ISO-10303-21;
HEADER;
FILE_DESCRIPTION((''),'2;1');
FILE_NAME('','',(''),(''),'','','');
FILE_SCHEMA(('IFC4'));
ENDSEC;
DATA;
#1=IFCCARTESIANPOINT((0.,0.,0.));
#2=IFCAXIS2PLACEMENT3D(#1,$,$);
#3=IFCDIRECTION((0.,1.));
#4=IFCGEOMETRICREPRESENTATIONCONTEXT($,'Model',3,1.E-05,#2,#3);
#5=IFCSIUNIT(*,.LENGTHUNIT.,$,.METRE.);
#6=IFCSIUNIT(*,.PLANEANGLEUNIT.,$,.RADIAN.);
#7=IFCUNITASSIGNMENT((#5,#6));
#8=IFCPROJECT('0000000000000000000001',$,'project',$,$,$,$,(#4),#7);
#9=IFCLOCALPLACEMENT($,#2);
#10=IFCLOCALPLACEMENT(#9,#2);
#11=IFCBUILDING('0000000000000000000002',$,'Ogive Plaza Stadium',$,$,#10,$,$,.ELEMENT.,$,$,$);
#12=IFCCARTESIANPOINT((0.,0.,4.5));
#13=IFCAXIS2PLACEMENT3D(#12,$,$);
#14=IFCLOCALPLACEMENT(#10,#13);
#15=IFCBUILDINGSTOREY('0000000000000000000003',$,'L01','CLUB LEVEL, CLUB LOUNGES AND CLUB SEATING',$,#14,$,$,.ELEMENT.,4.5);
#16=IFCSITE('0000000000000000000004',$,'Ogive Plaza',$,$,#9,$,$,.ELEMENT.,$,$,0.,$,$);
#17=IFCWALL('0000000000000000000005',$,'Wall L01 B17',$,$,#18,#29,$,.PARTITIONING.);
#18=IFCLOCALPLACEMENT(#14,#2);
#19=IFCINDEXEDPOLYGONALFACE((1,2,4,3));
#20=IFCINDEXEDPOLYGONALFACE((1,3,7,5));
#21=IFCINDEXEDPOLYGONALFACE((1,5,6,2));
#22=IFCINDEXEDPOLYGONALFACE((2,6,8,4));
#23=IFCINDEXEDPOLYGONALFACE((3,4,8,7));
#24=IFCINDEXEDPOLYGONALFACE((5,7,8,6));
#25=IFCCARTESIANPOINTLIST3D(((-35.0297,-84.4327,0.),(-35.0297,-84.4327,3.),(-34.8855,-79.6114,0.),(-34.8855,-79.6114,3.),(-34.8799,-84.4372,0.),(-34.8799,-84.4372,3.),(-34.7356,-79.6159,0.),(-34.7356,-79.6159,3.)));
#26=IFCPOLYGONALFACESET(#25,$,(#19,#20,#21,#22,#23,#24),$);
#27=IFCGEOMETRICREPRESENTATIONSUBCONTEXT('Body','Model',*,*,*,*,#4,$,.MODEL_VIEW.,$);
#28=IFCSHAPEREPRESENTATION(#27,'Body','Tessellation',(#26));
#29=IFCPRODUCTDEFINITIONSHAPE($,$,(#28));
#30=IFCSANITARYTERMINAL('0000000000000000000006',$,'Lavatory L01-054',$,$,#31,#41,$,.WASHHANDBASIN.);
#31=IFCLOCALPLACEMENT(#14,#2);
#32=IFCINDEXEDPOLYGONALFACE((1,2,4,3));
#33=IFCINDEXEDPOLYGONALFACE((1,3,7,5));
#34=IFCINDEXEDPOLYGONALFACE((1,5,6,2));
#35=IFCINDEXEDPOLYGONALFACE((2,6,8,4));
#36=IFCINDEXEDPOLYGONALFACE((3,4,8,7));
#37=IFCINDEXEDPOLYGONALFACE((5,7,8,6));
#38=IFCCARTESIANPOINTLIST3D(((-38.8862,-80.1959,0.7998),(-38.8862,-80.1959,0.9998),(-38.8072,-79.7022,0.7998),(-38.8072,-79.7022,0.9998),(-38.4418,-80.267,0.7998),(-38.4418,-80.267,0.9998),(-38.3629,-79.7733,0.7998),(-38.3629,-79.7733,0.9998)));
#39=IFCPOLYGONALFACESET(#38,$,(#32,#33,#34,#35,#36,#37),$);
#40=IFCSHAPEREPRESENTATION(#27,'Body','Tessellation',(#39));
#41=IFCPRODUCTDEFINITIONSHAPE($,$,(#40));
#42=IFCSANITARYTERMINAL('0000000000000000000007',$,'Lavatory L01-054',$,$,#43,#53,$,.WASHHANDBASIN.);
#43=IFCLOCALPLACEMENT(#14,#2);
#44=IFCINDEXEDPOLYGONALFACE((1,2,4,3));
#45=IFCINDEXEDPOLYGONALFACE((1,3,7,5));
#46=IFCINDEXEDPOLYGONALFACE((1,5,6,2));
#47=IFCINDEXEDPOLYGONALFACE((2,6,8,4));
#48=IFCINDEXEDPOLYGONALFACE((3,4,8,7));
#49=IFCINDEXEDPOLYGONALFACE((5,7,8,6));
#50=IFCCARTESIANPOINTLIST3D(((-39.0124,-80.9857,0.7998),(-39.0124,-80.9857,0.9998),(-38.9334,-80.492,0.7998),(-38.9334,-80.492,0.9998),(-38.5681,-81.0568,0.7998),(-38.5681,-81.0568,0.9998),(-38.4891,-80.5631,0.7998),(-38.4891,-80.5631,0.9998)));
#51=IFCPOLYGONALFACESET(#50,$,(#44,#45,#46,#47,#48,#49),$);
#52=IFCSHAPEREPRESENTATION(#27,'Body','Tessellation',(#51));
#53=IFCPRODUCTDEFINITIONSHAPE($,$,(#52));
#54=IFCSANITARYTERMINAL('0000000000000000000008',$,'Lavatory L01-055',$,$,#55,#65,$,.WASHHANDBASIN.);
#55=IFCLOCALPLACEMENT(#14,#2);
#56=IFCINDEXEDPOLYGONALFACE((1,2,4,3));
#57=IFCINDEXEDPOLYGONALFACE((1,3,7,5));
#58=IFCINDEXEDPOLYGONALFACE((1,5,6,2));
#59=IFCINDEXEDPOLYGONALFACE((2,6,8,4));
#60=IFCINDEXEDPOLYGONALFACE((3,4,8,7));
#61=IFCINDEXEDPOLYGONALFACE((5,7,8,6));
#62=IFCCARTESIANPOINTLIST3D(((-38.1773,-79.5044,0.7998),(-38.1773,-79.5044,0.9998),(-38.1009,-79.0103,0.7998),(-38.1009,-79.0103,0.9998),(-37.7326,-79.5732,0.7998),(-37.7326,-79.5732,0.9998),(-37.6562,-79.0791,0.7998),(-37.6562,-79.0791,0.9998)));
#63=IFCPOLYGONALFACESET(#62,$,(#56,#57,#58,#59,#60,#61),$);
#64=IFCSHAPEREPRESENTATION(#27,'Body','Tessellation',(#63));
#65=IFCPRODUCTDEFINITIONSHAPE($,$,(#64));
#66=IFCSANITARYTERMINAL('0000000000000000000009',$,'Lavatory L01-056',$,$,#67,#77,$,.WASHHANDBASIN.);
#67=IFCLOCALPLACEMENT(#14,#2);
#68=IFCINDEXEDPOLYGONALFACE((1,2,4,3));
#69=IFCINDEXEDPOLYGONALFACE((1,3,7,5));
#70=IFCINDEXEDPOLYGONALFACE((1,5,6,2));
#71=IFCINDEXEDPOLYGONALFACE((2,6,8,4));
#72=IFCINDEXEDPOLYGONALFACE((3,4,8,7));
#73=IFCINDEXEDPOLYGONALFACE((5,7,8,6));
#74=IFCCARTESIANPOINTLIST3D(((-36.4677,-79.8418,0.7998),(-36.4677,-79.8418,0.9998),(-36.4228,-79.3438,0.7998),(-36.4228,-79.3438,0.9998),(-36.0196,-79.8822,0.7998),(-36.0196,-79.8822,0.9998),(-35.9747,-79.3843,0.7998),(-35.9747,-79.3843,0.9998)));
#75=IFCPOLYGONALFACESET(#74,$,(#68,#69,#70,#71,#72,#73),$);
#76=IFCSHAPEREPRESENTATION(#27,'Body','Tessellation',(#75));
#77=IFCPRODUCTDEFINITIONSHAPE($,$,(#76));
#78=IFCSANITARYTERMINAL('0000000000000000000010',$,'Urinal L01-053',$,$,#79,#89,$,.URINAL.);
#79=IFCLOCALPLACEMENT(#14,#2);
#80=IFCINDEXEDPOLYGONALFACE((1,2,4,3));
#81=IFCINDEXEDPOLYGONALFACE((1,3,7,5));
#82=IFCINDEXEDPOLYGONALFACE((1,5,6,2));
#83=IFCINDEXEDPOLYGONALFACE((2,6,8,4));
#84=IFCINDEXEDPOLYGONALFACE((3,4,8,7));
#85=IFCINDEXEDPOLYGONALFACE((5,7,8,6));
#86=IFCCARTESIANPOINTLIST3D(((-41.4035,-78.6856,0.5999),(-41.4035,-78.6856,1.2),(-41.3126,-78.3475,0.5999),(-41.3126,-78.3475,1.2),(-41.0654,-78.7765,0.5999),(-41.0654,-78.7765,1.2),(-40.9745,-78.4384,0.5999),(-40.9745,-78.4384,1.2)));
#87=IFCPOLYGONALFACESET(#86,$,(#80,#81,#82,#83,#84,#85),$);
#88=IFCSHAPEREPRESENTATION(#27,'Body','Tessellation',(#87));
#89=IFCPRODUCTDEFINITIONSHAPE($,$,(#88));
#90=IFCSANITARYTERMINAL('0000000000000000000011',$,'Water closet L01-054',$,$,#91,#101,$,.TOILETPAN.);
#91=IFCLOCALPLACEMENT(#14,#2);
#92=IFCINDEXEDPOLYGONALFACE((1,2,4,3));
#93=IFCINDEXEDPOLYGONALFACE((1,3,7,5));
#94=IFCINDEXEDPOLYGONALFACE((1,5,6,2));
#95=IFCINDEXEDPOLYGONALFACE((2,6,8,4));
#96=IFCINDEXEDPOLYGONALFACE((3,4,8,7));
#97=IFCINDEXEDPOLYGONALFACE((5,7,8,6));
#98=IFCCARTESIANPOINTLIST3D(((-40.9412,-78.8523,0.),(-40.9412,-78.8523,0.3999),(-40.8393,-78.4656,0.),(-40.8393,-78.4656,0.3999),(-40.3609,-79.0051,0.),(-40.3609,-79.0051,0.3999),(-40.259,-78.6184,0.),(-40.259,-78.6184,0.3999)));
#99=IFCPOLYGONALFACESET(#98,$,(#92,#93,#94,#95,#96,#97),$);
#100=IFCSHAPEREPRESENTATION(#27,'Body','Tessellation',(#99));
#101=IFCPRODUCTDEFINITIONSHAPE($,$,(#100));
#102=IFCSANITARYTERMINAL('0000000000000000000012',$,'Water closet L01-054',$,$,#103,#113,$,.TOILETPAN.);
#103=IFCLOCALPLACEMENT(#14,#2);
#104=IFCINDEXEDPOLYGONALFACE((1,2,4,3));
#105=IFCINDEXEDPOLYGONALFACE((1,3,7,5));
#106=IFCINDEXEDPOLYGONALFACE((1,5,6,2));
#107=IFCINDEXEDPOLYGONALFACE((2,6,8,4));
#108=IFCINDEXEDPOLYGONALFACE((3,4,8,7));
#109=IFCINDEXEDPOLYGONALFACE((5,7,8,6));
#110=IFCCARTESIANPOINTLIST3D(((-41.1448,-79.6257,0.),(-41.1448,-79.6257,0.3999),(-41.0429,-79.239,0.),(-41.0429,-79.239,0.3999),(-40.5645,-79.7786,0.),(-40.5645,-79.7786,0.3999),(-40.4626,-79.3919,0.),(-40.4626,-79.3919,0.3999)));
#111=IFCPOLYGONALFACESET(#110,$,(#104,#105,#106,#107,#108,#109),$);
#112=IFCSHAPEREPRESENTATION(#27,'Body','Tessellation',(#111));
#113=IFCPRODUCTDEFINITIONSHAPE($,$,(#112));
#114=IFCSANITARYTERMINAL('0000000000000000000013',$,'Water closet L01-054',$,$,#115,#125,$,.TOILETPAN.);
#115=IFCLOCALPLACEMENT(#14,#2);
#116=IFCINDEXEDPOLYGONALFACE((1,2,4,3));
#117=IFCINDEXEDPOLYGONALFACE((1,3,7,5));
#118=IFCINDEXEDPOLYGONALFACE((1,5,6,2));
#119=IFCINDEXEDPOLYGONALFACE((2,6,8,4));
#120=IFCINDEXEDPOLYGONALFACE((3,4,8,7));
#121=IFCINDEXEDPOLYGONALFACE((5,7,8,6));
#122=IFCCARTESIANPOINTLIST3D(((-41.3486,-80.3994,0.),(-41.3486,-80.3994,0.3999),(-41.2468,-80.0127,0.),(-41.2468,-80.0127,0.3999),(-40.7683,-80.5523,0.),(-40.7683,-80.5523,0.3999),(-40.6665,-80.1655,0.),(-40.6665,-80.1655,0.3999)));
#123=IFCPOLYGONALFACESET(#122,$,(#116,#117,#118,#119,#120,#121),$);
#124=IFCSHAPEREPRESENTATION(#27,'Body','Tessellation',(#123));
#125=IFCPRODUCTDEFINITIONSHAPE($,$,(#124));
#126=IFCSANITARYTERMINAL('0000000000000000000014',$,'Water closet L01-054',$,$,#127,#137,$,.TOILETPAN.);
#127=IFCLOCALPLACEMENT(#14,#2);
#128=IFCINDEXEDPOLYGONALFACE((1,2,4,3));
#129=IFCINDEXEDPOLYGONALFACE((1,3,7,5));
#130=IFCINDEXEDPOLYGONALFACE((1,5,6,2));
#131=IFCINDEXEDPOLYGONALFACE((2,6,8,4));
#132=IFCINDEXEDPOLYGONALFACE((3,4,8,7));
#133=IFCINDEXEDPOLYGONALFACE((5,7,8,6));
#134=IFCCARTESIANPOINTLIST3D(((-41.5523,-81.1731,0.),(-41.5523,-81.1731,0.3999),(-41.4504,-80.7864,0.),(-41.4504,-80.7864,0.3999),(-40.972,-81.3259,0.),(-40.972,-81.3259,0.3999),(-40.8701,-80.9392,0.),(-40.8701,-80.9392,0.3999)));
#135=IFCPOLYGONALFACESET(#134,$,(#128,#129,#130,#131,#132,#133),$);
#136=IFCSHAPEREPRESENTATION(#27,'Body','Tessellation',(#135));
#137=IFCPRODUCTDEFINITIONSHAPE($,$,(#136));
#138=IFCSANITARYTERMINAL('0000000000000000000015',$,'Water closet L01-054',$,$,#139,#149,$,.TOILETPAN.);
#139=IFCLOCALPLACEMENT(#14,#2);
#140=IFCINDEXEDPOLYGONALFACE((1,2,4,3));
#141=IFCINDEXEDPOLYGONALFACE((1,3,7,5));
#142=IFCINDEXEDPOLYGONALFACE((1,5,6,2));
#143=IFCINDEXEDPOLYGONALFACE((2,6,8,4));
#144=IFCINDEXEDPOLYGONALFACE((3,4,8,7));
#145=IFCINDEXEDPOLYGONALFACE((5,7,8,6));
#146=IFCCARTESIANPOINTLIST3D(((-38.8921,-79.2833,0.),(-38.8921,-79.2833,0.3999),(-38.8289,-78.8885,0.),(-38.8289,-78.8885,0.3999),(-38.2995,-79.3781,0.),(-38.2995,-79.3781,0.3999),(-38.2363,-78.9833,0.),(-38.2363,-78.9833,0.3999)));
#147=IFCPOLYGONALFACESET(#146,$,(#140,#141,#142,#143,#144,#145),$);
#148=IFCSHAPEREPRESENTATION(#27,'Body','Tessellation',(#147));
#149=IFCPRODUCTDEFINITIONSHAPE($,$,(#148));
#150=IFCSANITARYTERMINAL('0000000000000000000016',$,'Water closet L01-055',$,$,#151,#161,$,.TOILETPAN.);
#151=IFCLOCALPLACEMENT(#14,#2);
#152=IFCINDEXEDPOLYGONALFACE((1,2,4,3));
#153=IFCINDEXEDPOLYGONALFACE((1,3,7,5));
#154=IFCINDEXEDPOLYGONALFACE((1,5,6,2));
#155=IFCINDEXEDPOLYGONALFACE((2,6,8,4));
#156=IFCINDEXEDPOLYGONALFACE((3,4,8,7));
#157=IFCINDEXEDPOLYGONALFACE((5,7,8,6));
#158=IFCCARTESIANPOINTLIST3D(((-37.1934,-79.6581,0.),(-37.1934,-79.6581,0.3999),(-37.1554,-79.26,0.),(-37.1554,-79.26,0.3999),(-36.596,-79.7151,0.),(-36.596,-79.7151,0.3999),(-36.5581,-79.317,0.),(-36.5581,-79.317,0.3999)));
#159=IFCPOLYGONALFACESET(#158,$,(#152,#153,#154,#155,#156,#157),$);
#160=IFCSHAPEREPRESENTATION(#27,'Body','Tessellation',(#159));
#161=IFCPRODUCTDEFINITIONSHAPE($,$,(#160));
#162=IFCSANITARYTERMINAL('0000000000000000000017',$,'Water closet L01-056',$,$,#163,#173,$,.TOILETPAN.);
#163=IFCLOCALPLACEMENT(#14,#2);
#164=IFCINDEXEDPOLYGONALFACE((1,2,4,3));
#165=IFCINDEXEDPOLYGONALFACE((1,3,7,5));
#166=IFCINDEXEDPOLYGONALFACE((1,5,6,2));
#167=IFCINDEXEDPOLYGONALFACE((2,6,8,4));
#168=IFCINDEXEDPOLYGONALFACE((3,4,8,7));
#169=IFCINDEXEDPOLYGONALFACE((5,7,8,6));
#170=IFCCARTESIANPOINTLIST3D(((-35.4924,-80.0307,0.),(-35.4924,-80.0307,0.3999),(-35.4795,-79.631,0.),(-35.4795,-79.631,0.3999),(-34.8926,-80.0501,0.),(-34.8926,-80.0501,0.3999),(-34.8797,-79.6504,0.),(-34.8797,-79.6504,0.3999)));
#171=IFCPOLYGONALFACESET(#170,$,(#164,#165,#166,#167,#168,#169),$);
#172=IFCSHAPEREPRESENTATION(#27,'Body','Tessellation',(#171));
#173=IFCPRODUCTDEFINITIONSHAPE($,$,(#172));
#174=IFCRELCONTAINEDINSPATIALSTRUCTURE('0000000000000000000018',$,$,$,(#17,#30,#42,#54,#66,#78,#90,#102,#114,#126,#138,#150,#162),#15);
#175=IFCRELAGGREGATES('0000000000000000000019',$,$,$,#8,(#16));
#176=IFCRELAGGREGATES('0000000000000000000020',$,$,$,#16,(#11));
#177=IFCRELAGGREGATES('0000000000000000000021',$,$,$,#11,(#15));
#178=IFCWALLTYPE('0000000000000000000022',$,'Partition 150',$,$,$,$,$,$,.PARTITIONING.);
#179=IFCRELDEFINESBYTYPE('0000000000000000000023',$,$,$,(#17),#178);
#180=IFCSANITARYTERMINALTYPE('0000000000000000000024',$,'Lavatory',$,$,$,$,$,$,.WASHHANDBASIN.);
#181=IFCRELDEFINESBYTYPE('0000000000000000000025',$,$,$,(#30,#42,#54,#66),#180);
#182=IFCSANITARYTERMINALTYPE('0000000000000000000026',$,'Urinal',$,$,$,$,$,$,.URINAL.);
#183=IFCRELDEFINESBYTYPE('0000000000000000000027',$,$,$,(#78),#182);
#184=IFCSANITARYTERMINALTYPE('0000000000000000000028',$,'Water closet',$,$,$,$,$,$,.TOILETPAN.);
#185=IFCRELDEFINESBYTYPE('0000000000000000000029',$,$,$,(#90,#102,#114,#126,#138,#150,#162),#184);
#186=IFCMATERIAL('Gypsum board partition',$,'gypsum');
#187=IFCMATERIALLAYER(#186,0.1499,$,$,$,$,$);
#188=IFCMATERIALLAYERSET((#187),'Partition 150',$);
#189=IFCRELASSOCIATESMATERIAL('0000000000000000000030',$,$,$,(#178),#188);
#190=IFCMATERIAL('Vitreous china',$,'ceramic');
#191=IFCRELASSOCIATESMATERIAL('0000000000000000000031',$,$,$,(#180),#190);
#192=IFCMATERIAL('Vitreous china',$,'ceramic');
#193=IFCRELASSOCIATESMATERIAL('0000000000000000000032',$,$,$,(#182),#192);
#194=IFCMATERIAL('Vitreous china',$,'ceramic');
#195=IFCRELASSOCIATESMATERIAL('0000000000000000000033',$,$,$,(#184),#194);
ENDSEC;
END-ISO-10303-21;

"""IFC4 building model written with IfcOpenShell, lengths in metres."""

from ifc_helpers import new_model, si_unit, direction, frame, frame_2d, origin, origin_2d, place, context, subcontext, project, spatial, rectangle, extrude, material, layer, layer_set, type_object, element, save


model = new_model("IFC4")

# Units and contexts
model_context = context("Model", 3, precision=1e-05, world=origin(), true_north=direction((0.0, 1.0)))
body_context = subcontext(model_context, "Body", "Model", "MODEL_VIEW")
ifc_project = project(units=[si_unit("LENGTHUNIT", "METRE"), si_unit("PLANEANGLEUNIT", "RADIAN")], contexts=[model_context])

# Site, building, storey
site_placement = place(None, origin())
site = spatial("IfcSite", under=ifc_project, at=site_placement, Name="Ogive Plaza", CompositionType="ELEMENT", RefElevation=0.0)
building_placement = place(site_placement, origin())
building = spatial("IfcBuilding", under=site, at=building_placement, Name="Ogive Plaza Stadium", CompositionType="ELEMENT")
storey_placement = place(building_placement, frame((0.0, 0.0, 4.5)))
storey = spatial("IfcBuildingStorey", under=building, at=storey_placement, Name="L01", Description="CLUB LEVEL, CLUB LOUNGES AND CLUB SEATING", CompositionType="ELEMENT", Elevation=4.5)

# Wall
ifc_material_1 = material(Name="Gypsum board partition", Category="gypsum")
ifc_layer_1 = layer(ifc_material_1, 0.1499)
ifc_layer_set_1 = layer_set([ifc_layer_1], Name="Partition 150")
wall_type_1 = type_object("IfcWallType", Name="Partition 150", PredefinedType="PARTITIONING", material=ifc_layer_set_1)
wall_1_placement = place(storey_placement, frame((-34.8105, -79.6138, 0.0), z_axis=(0.0, 0.0, 1.0), x_axis=(-0.029914, -0.999552, 0.0)))
element("IfcWall", 1, at=wall_1_placement, inside=storey, type_object=wall_type_1, Name="Wall L01 B17", PredefinedType="PARTITIONING", context=body_context, shape_type="SweptSolid", body=[
    extrude(rectangle(XDim=4.8235, YDim=0.1499, at=frame_2d((2.4116, 0.0))), origin(), (0.0, 0.0, 1.0), 3.0),
])

# Sanitary terminals
ifc_material_2 = material(Name="Vitreous china", Category="ceramic")
sanitary_terminal_type_1 = type_object("IfcSanitaryTerminalType", Name="Lavatory", PredefinedType="WASHHANDBASIN", material=ifc_material_2)
for number, where, z_axis, x_axis, name in (
    (2, (-38.6245, -79.9846, 0.7998), (0.0, 0.0, 1.0), (-0.157955, -0.987446, 0.0), "Lavatory L01-054"),
    (3, (-38.7507, -80.7744, 0.7998), (0.0, 0.0, 1.0), (-0.157955, -0.987446, 0.0), "Lavatory L01-054"),
    (4, (-37.9167, -79.2917, 0.7998), (0.0, 0.0, 1.0), (-0.152875, -0.988245, 0.0), "Lavatory L01-055"),
    (5, (-36.2212, -79.613, 0.7998), (0.0, 0.0, 1.0), (-0.089887, -0.995952, 0.0), "Lavatory L01-056"),
):
    element("IfcSanitaryTerminal", number, at=place(storey_placement, frame(where, z_axis=z_axis, x_axis=x_axis)), inside=storey, type_object=sanitary_terminal_type_1, Name=name, PredefinedType="WASHHANDBASIN", context=body_context, shape_type="SweptSolid", body=[
        extrude(rectangle(XDim=0.5, YDim=0.45, at=origin_2d()), origin(), (0.0, 0.0, 1.0), 0.2),
    ])
ifc_material_3 = material(Name="Vitreous china", Category="ceramic")
sanitary_terminal_type_2 = type_object("IfcSanitaryTerminalType", Name="Urinal", PredefinedType="URINAL", material=ifc_material_3)
sanitary_terminal_placement = place(storey_placement, frame((-41.189, -78.562, 0.5999), z_axis=(0.0, 0.0, 1.0), x_axis=(-0.259662, -0.9657, 0.0)))
element("IfcSanitaryTerminal", 6, at=sanitary_terminal_placement, inside=storey, type_object=sanitary_terminal_type_2, Name="Urinal L01-053", PredefinedType="URINAL", context=body_context, shape_type="SweptSolid", body=[
    extrude(rectangle(XDim=0.3501, YDim=0.3501, at=origin_2d()), origin(), (0.0, 0.0, 1.0), 0.6001),
])
ifc_material_4 = material(Name="Vitreous china", Category="ceramic")
sanitary_terminal_type_3 = type_object("IfcSanitaryTerminalType", Name="Water closet", PredefinedType="TOILETPAN", material=ifc_material_4)
for number, where, z_axis, x_axis, name in (
    (7, (-40.6001, -78.7354, 0.0), (0.0, 0.0, 1.0), (-0.254707, -0.967018, 0.0), "Water closet L01-054"),
    (8, (-40.8037, -79.5088, 0.0), (0.0, 0.0, 1.0), (-0.254707, -0.967018, 0.0), "Water closet L01-054"),
    (9, (-41.0076, -80.2825, 0.0), (0.0, 0.0, 1.0), (-0.254707, -0.967018, 0.0), "Water closet L01-054"),
    (10, (-41.2112, -81.0562, 0.0), (0.0, 0.0, 1.0), (-0.254707, -0.967018, 0.0), "Water closet L01-054"),
    (11, (-38.5642, -79.1333, 0.0), (0.0, 0.0, 1.0), (-0.157955, -0.987446, 0.0), "Water closet L01-054"),
    (12, (-36.8757, -79.4875, 0.0), (0.0, 0.0, 1.0), (-0.094958, -0.995481, 0.0), "Water closet L01-055"),
    (13, (-35.186, -79.8406, 0.0), (0.0, 0.0, 1.0), (-0.032388, -0.999475, 0.0), "Water closet L01-056"),
):
    element("IfcSanitaryTerminal", number, at=place(storey_placement, frame(where, z_axis=z_axis, x_axis=x_axis)), inside=storey, type_object=sanitary_terminal_type_3, Name=name, PredefinedType="TOILETPAN", context=body_context, shape_type="SweptSolid", body=[
        extrude(rectangle(XDim=0.3999, YDim=0.6001, at=origin_2d()), origin(), (0.0, 0.0, 1.0), 0.3999),
    ])

save(model, "model.ifc")
